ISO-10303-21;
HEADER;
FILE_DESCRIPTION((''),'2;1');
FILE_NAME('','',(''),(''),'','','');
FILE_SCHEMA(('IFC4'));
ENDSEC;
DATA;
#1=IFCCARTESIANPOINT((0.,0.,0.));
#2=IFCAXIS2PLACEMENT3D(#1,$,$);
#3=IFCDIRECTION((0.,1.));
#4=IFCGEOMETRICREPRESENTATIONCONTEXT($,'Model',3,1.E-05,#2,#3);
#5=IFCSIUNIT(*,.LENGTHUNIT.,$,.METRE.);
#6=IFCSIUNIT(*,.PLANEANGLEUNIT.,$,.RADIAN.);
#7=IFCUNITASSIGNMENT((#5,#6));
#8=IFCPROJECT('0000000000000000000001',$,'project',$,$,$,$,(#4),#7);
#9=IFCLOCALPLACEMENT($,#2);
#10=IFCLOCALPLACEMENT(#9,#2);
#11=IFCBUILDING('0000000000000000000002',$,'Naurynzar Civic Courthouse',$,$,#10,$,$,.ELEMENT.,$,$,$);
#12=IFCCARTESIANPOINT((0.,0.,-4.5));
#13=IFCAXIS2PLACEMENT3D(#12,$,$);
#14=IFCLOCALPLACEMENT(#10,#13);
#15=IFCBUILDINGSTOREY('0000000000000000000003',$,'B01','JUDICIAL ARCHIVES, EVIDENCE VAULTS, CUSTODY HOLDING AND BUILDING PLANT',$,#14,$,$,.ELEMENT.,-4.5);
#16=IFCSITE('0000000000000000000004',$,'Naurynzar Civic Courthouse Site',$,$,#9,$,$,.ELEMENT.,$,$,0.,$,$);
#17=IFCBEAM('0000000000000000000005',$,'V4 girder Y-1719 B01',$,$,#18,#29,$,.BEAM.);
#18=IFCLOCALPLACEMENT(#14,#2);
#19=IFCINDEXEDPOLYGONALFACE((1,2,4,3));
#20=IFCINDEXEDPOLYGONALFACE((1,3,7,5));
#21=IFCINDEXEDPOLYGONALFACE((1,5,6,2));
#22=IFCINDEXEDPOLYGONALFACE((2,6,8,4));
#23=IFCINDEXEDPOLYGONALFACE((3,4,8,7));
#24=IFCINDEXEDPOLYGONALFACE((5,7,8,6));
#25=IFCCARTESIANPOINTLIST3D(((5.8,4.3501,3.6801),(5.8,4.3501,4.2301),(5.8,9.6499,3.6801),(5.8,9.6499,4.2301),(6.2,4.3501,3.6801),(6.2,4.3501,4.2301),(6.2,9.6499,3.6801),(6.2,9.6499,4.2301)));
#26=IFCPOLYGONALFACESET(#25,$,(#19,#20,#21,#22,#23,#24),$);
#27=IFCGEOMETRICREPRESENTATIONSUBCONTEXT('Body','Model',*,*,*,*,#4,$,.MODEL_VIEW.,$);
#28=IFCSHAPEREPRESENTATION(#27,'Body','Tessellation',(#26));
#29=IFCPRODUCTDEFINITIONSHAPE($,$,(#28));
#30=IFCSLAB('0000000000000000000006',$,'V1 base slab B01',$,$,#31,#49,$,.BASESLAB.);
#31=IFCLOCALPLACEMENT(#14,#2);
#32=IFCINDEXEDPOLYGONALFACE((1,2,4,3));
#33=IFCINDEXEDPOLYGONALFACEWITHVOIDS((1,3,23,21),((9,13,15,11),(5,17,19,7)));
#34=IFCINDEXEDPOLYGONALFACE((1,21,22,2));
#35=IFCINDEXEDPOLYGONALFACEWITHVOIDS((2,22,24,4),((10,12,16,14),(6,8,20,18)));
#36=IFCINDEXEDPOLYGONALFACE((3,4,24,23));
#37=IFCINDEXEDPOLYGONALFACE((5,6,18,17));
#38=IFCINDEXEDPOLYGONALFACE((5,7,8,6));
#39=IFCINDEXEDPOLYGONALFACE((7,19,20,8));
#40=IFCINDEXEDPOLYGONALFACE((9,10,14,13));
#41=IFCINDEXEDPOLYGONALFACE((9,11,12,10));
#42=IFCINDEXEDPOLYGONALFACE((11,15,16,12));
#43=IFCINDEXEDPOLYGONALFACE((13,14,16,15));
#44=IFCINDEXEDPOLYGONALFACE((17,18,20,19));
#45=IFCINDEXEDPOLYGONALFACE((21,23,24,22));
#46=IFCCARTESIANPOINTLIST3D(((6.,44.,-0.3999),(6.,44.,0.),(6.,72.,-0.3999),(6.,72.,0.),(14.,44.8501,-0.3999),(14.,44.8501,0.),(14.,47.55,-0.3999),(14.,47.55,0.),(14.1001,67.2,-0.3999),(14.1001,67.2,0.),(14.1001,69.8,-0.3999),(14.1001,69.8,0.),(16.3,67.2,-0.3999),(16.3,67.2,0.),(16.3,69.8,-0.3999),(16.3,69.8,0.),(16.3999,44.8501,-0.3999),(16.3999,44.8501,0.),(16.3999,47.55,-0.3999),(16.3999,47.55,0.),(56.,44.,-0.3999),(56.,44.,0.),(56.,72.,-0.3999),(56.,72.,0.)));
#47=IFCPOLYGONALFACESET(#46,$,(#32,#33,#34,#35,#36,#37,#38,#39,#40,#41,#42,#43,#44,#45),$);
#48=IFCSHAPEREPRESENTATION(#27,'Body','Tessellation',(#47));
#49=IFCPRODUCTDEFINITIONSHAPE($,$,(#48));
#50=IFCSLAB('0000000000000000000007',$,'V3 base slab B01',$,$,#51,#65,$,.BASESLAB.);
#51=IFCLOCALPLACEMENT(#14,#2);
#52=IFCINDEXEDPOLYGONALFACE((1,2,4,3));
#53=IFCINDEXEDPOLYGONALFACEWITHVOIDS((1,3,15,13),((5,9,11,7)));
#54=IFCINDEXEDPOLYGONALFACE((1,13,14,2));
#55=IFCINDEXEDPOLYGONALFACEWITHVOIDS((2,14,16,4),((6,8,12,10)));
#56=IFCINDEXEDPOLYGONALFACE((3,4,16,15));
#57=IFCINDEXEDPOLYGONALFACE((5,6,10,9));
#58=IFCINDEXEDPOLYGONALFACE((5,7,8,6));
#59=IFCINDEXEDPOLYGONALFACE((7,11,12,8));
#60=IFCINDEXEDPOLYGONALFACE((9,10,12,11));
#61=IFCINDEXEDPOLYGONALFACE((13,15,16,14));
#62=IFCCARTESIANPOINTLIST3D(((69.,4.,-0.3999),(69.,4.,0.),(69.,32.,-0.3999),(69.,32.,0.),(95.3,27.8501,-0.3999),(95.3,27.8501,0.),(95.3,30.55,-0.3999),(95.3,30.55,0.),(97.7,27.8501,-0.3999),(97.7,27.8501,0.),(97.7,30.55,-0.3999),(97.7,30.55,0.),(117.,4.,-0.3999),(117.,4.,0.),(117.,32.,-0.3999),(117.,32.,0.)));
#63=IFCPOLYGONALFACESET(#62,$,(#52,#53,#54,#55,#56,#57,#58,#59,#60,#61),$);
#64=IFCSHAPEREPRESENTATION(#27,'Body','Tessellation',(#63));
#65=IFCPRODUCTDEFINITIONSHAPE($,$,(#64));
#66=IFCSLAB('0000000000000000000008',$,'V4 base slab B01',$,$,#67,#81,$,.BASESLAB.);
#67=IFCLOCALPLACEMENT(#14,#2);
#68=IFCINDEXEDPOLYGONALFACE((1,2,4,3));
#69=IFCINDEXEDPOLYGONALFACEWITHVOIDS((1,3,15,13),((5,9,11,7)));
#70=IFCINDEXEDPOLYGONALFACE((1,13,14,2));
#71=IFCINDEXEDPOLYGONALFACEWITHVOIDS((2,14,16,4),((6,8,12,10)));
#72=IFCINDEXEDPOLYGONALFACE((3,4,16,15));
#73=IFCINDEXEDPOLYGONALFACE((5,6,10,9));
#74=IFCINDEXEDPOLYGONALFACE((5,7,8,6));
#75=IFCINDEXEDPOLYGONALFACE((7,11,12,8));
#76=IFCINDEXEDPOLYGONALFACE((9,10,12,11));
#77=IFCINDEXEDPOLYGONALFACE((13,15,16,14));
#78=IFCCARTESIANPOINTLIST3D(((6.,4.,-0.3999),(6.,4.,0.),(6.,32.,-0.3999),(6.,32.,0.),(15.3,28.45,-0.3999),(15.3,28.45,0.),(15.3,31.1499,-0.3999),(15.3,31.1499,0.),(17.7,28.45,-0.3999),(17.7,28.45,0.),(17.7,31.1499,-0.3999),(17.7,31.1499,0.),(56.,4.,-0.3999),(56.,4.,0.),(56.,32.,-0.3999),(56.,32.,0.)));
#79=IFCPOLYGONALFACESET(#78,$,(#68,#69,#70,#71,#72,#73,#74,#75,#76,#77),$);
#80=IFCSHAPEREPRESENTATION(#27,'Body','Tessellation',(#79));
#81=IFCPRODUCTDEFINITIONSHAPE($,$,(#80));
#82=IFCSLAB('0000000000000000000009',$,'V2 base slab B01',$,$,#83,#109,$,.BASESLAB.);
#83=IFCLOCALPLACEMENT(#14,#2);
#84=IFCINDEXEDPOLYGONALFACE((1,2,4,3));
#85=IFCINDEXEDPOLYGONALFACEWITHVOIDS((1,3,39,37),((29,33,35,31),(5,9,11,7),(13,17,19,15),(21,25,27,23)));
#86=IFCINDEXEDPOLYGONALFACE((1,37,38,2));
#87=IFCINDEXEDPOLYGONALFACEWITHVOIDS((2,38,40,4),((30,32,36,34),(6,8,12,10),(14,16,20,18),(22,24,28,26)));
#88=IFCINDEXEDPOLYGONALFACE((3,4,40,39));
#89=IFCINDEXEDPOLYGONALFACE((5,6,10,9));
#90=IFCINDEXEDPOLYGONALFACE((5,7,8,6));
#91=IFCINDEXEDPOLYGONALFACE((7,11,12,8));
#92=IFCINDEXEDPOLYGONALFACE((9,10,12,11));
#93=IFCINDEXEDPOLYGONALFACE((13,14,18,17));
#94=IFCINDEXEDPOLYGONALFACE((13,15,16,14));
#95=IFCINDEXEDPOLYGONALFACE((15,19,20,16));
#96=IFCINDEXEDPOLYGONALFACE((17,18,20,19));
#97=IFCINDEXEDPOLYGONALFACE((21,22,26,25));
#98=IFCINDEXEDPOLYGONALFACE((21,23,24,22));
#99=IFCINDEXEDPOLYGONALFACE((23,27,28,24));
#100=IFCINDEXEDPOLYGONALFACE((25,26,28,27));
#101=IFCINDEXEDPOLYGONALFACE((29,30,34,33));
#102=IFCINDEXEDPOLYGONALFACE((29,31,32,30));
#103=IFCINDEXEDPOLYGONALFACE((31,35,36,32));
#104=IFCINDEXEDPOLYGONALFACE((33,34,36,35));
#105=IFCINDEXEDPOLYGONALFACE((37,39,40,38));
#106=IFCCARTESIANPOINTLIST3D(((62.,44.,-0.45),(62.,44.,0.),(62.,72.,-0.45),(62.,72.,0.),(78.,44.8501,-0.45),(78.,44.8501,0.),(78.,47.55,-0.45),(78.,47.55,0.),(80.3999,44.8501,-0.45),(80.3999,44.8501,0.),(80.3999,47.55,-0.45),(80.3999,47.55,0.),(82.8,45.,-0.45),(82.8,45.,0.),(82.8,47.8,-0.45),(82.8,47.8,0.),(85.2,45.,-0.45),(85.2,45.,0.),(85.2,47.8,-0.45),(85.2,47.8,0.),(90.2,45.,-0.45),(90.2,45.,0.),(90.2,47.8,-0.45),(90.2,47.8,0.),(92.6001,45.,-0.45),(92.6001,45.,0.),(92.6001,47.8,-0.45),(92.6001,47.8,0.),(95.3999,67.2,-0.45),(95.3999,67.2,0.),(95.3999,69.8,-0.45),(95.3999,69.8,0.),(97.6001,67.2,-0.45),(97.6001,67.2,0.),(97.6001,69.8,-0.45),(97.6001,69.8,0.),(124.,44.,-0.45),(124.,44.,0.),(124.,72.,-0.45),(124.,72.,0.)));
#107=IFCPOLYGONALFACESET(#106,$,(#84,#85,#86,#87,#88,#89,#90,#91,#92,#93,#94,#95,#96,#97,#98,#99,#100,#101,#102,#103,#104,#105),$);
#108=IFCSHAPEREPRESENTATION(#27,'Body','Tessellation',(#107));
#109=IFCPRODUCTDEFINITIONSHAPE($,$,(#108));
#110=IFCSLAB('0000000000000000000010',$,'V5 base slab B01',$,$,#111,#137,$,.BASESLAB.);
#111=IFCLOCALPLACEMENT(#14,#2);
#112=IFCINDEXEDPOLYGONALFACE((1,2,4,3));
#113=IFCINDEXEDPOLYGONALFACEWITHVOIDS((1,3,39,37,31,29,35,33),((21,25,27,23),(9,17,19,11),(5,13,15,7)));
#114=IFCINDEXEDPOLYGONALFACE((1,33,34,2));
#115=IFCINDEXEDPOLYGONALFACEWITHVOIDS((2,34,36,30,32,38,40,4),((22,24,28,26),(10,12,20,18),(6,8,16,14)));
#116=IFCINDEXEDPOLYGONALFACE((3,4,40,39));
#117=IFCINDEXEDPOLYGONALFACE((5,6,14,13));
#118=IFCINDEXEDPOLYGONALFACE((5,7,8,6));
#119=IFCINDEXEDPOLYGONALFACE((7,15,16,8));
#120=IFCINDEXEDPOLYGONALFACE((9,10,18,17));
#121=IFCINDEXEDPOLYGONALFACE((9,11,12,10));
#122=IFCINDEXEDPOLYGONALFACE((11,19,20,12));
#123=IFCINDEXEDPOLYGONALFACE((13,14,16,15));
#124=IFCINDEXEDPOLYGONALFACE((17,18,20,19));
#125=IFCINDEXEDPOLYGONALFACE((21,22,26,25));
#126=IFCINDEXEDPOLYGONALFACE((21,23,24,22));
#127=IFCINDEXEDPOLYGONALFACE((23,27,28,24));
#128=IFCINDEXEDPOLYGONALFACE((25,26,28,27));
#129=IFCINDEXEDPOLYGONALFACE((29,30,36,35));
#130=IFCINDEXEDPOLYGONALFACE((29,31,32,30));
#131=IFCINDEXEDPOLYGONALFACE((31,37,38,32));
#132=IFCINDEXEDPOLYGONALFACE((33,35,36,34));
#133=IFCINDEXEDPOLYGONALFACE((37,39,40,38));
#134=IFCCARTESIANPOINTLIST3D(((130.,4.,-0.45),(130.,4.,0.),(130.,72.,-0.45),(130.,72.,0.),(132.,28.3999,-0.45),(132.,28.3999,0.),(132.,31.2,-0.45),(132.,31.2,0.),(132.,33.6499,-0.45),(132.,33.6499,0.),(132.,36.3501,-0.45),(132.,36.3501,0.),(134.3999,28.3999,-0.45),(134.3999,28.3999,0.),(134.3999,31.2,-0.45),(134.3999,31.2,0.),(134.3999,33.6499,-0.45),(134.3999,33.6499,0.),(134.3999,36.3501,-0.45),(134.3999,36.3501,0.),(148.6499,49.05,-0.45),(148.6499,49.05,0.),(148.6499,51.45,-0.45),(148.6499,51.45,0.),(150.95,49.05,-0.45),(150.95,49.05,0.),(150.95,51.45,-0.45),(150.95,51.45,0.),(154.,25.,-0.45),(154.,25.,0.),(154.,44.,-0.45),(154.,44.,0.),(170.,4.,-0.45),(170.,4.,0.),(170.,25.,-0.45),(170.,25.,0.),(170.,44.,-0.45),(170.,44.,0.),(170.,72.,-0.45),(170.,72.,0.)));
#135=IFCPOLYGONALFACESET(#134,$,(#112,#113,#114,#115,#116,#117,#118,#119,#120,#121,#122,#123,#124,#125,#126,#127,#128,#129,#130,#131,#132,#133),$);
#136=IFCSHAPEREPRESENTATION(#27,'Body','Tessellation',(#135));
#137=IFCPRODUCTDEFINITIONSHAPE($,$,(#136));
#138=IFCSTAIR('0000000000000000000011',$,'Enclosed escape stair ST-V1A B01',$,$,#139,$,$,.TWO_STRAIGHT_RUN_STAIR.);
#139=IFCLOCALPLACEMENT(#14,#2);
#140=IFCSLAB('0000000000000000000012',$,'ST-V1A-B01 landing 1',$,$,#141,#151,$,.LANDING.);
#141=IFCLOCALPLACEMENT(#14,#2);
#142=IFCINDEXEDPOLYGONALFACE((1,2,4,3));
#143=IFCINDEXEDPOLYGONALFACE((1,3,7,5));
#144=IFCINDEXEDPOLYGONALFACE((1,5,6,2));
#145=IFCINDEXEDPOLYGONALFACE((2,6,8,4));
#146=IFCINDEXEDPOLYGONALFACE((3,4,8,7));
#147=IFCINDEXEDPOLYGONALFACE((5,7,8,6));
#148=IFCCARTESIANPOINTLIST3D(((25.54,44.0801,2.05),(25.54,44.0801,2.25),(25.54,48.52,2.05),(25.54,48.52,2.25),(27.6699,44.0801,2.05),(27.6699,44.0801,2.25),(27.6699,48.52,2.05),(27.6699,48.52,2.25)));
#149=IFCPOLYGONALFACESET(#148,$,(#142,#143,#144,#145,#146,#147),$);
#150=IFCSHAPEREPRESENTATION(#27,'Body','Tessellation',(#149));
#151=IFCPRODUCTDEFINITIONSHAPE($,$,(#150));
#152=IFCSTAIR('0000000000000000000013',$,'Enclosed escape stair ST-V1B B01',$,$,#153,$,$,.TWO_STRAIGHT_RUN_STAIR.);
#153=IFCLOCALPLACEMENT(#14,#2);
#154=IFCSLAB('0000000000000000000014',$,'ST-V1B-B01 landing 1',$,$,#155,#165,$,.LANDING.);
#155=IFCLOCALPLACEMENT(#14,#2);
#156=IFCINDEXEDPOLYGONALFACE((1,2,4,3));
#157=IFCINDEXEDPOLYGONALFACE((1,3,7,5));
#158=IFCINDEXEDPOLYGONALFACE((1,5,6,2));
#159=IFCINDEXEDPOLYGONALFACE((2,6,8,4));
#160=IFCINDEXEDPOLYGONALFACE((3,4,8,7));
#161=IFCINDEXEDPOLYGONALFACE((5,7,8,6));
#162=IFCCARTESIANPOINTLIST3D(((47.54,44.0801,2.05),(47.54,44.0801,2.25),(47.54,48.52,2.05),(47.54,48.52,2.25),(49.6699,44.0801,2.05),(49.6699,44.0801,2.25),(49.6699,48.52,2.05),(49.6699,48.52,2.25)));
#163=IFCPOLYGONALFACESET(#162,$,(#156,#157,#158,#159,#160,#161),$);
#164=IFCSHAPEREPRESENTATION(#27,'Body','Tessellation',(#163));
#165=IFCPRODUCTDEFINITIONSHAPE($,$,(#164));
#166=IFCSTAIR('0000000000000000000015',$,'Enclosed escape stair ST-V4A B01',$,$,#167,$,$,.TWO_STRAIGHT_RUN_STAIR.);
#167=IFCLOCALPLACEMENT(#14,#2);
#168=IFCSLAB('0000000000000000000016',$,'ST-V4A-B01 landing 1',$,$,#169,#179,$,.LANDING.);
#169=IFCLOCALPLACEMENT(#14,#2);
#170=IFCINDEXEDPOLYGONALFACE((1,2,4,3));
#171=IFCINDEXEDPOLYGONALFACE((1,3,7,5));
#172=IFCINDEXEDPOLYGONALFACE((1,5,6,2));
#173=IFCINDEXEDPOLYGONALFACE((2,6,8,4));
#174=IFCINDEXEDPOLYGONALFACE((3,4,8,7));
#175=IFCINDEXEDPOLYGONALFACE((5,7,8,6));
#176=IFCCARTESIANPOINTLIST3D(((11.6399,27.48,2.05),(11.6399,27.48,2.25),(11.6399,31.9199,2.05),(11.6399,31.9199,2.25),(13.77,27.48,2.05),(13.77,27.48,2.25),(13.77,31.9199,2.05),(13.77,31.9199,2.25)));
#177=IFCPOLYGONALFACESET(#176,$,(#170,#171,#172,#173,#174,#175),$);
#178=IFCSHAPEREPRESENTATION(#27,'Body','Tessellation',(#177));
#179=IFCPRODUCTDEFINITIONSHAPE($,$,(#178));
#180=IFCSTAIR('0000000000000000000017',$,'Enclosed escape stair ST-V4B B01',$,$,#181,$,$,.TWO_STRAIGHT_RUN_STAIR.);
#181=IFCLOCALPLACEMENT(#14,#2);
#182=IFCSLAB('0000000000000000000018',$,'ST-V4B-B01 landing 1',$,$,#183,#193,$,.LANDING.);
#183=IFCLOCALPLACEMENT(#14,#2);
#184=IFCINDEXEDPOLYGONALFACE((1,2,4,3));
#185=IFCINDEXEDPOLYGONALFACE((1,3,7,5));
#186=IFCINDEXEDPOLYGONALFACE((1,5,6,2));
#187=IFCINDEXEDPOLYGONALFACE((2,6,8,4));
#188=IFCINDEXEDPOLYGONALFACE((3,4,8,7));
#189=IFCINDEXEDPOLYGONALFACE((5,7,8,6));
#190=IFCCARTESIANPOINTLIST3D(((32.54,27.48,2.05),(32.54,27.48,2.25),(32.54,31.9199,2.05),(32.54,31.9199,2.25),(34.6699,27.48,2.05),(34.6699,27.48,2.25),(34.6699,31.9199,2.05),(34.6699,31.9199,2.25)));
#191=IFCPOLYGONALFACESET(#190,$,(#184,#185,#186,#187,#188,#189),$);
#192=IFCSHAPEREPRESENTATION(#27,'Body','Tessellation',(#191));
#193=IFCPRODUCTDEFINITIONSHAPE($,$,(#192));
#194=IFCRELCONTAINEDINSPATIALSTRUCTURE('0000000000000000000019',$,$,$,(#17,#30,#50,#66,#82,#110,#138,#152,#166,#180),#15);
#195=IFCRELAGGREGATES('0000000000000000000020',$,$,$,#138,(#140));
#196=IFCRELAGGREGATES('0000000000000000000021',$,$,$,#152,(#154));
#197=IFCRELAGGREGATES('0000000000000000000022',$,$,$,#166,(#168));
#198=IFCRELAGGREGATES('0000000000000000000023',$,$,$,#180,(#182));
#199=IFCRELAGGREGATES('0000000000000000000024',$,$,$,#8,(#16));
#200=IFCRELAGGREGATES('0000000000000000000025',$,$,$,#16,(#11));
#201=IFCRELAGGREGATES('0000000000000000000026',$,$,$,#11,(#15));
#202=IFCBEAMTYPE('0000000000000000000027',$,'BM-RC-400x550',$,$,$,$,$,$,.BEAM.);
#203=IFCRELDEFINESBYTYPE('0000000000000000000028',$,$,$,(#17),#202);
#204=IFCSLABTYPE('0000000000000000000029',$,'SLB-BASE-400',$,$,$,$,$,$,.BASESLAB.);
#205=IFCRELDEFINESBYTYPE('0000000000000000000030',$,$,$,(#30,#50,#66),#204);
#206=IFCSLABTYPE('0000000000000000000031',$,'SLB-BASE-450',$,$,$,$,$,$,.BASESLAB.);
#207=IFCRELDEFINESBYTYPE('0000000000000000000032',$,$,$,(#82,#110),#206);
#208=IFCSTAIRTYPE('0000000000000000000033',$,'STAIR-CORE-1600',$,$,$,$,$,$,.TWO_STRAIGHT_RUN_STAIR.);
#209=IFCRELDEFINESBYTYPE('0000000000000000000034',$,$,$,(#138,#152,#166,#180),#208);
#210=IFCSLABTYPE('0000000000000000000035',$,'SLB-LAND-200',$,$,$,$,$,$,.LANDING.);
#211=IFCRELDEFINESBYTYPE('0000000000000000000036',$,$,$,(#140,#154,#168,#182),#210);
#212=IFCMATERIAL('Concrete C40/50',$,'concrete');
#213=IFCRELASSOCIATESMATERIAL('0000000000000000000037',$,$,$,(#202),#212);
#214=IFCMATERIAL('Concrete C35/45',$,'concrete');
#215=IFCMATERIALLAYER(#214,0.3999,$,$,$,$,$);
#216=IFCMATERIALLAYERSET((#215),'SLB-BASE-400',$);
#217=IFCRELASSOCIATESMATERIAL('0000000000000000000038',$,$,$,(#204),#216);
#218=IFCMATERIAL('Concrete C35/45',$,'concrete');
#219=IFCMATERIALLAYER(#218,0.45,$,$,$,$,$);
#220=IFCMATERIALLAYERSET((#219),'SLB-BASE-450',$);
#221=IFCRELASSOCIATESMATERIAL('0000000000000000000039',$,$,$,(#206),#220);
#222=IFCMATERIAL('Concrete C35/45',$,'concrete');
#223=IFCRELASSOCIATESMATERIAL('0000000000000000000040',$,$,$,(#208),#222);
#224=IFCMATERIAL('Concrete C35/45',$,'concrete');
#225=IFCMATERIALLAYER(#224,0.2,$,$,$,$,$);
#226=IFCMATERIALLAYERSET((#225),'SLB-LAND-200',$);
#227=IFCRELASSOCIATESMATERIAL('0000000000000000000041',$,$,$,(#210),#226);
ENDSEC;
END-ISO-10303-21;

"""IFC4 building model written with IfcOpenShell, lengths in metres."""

from ifc_helpers import new_model, si_unit, direction, frame, origin, origin_2d, place, context, subcontext, project, spatial, polyline, rectangle, outline, extrude, material, layer, layer_set, material_profile, profile_set, type_object, element, aggregate, save


model = new_model("IFC4")

# Units and contexts
model_context = context("Model", 3, precision=1e-05, world=origin(), true_north=direction((0.0, 1.0)))
body_context = subcontext(model_context, "Body", "Model", "MODEL_VIEW")
ifc_project = project(units=[si_unit("LENGTHUNIT", "METRE"), si_unit("PLANEANGLEUNIT", "RADIAN")], contexts=[model_context])

# Site, building, storey
site_placement = place(None, origin())
site = spatial("IfcSite", under=ifc_project, at=site_placement, Name="Naurynzar Civic Courthouse Site", CompositionType="ELEMENT", RefElevation=0.0)
building_placement = place(site_placement, origin())
building = spatial("IfcBuilding", under=site, at=building_placement, Name="Naurynzar Civic Courthouse", CompositionType="ELEMENT")
storey_placement = place(building_placement, frame((0.0, 0.0, -4.5)))
storey = spatial("IfcBuildingStorey", under=building, at=storey_placement, Name="B01", Description="JUDICIAL ARCHIVES, EVIDENCE VAULTS, CUSTODY HOLDING AND BUILDING PLANT", CompositionType="ELEMENT", Elevation=-4.5)

# Beam
ifc_material_1 = material(Name="Concrete C40/50", Category="concrete")
ifc_material_profile_1 = material_profile(ifc_material_1, rectangle(XDim=0.3999, YDim=0.55, at=origin_2d()), Name="RCB 400x550")
ifc_profile_set_1 = profile_set([ifc_material_profile_1], Name="Concrete C40/50")
beam_type = type_object("IfcBeamType", Name="BM-RC-400x550", PredefinedType="BEAM", material=ifc_profile_set_1)
beam_placement = place(storey_placement, frame((6.0, 4.3501, 3.9551), z_axis=(0.0, 1.0, 0.0), x_axis=(-1.0, 0.0, 0.0)))
element("IfcBeam", 1, at=beam_placement, inside=storey, type_object=beam_type, Name="V4 girder Y-1719 B01", PredefinedType="BEAM", context=body_context, shape_type="SweptSolid", body=[
    extrude(rectangle(XDim=0.3999, YDim=0.55, at=origin_2d()), origin(), (0.0, 0.0, 1.0), 5.2998),
])

# Slabs
ifc_material_2 = material(Name="Concrete C35/45", Category="concrete")
ifc_layer_1 = layer(ifc_material_2, 0.3999)
ifc_layer_set_1 = layer_set([ifc_layer_1], Name="SLB-BASE-400")
slab_type_1 = type_object("IfcSlabType", Name="SLB-BASE-400", PredefinedType="BASESLAB", material=ifc_layer_set_1)
slab_1_placement = place(storey_placement, frame((0.0, 0.0, -0.3999)))
element("IfcSlab", 2, at=slab_1_placement, inside=storey, type_object=slab_type_1, Name="V1 base slab B01", PredefinedType="BASESLAB", context=body_context, shape_type="SweptSolid", body=[
    extrude(outline(polyline([(56.0, 44.0), (56.0, 72.0), (6.0, 72.0), (6.0, 44.0), (56.0, 44.0)]), holes=[polyline([(14.0, 44.8501), (16.3999, 44.8501), (16.3999, 47.55), (14.0, 47.55), (14.0, 44.8501)]), polyline([(14.1001, 67.2), (16.3, 67.2), (16.3, 69.8), (14.1001, 69.8), (14.1001, 67.2)])]), origin(), (0.0, 0.0, 1.0), 0.3999),
])
slab_2_placement = place(storey_placement, frame((0.0, 0.0, -0.3999)))
element("IfcSlab", 3, at=slab_2_placement, inside=storey, type_object=slab_type_1, Name="V3 base slab B01", PredefinedType="BASESLAB", context=body_context, shape_type="SweptSolid", body=[
    extrude(outline(polyline([(117.0, 4.0), (117.0, 32.0), (69.0, 32.0), (69.0, 4.0), (117.0, 4.0)]), holes=[polyline([(95.3, 27.8501), (97.7, 27.8501), (97.7, 30.55), (95.3, 30.55), (95.3, 27.8501)])]), origin(), (0.0, 0.0, 1.0), 0.3999),
])
slab_3_placement = place(storey_placement, frame((0.0, 0.0, -0.3999)))
element("IfcSlab", 4, at=slab_3_placement, inside=storey, type_object=slab_type_1, Name="V4 base slab B01", PredefinedType="BASESLAB", context=body_context, shape_type="SweptSolid", body=[
    extrude(outline(polyline([(56.0, 4.0), (56.0, 32.0), (6.0, 32.0), (6.0, 4.0), (56.0, 4.0)]), holes=[polyline([(15.3, 28.45), (17.7, 28.45), (17.7, 31.1499), (15.3, 31.1499), (15.3, 28.45)])]), origin(), (0.0, 0.0, 1.0), 0.3999),
])
ifc_material_3 = material(Name="Concrete C35/45", Category="concrete")
ifc_layer_2 = layer(ifc_material_3, 0.45)
ifc_layer_set_2 = layer_set([ifc_layer_2], Name="SLB-BASE-450")
slab_type_2 = type_object("IfcSlabType", Name="SLB-BASE-450", PredefinedType="BASESLAB", material=ifc_layer_set_2)
slab_4_placement = place(storey_placement, frame((0.0, 0.0, -0.45)))
element("IfcSlab", 5, at=slab_4_placement, inside=storey, type_object=slab_type_2, Name="V2 base slab B01", PredefinedType="BASESLAB", context=body_context, shape_type="SweptSolid", body=[
    extrude(outline(polyline([(124.0, 44.0), (124.0, 72.0), (62.0, 72.0), (62.0, 44.0), (124.0, 44.0)]), holes=[polyline([(78.0, 44.8501), (80.3999, 44.8501), (80.3999, 47.55), (78.0, 47.55), (78.0, 44.8501)]), polyline([(82.8, 45.0), (85.2, 45.0), (85.2, 47.8), (82.8, 47.8), (82.8, 45.0)]), polyline([(90.2, 45.0), (92.6001, 45.0), (92.6001, 47.8), (90.2, 47.8), (90.2, 45.0)]), polyline([(95.3999, 67.2), (97.6001, 67.2), (97.6001, 69.8), (95.3999, 69.8), (95.3999, 67.2)])]), origin(), (0.0, 0.0, 1.0), 0.45),
])
slab_5_placement = place(storey_placement, frame((0.0, 0.0, -0.45)))
element("IfcSlab", 6, at=slab_5_placement, inside=storey, type_object=slab_type_2, Name="V5 base slab B01", PredefinedType="BASESLAB", context=body_context, shape_type="SweptSolid", body=[
    extrude(outline(polyline([(170.0, 4.0), (130.0, 4.0), (130.0, 72.0), (170.0, 72.0), (170.0, 44.0), (154.0, 44.0), (154.0, 25.0), (170.0, 25.0), (170.0, 4.0)]), holes=[polyline([(132.0, 33.6499), (134.3999, 33.6499), (134.3999, 36.3501), (132.0, 36.3501), (132.0, 33.6499)]), polyline([(132.0, 28.3999), (134.3999, 28.3999), (134.3999, 31.2), (132.0, 31.2), (132.0, 28.3999)]), polyline([(148.6499, 49.05), (150.95, 49.05), (150.95, 51.45), (148.6499, 51.45), (148.6499, 49.05)])]), origin(), (0.0, 0.0, 1.0), 0.45),
])

# Stairs, slabs
ifc_material_4 = material(Name="Concrete C35/45", Category="concrete")
stair_type_1 = type_object("IfcStairType", Name="STAIR-CORE-1600", PredefinedType="TWO_STRAIGHT_RUN_STAIR", material=ifc_material_4)
stair_1_placement = place(storey_placement, origin())
stair_1 = element("IfcStair", 7, at=stair_1_placement, inside=storey, type_object=stair_type_1, Name="Enclosed escape stair ST-V1A B01", PredefinedType="TWO_STRAIGHT_RUN_STAIR")
ifc_material_5 = material(Name="Concrete C35/45", Category="concrete")
ifc_layer_3 = layer(ifc_material_5, 0.2)
ifc_layer_set_3 = layer_set([ifc_layer_3], Name="SLB-LAND-200")
slab_type_3 = type_object("IfcSlabType", Name="SLB-LAND-200", PredefinedType="LANDING", material=ifc_layer_set_3)
slab_6_placement = place(storey_placement, frame((0.0, 0.0, 2.05)))
slab_6 = element("IfcSlab", 8, at=slab_6_placement, type_object=slab_type_3, Name="ST-V1A-B01 landing 1", PredefinedType="LANDING", context=body_context, shape_type="SweptSolid", body=[
    extrude(outline(polyline([(25.54, 44.0801), (27.6699, 44.0801), (27.6699, 48.52), (25.54, 48.52), (25.54, 44.0801)])), origin(), (0.0, 0.0, 1.0), 0.2),
])
aggregate(stair_1, [slab_6])
stair_2_placement = place(storey_placement, origin())
stair_2 = element("IfcStair", 9, at=stair_2_placement, inside=storey, type_object=stair_type_1, Name="Enclosed escape stair ST-V1B B01", PredefinedType="TWO_STRAIGHT_RUN_STAIR")
slab_7_placement = place(storey_placement, frame((0.0, 0.0, 2.05)))
slab_7 = element("IfcSlab", 10, at=slab_7_placement, type_object=slab_type_3, Name="ST-V1B-B01 landing 1", PredefinedType="LANDING", context=body_context, shape_type="SweptSolid", body=[
    extrude(outline(polyline([(47.54, 44.0801), (49.6699, 44.0801), (49.6699, 48.52), (47.54, 48.52), (47.54, 44.0801)])), origin(), (0.0, 0.0, 1.0), 0.2),
])
aggregate(stair_2, [slab_7])
stair_3_placement = place(storey_placement, origin())
stair_3 = element("IfcStair", 11, at=stair_3_placement, inside=storey, type_object=stair_type_1, Name="Enclosed escape stair ST-V4A B01", PredefinedType="TWO_STRAIGHT_RUN_STAIR")
slab_8_placement = place(storey_placement, frame((0.0, 0.0, 2.05)))
slab_8 = element("IfcSlab", 12, at=slab_8_placement, type_object=slab_type_3, Name="ST-V4A-B01 landing 1", PredefinedType="LANDING", context=body_context, shape_type="SweptSolid", body=[
    extrude(outline(polyline([(11.6399, 27.48), (13.77, 27.48), (13.77, 31.9199), (11.6399, 31.9199), (11.6399, 27.48)])), origin(), (0.0, 0.0, 1.0), 0.2),
])
aggregate(stair_3, [slab_8])
stair_4_placement = place(storey_placement, origin())
stair_4 = element("IfcStair", 13, at=stair_4_placement, inside=storey, type_object=stair_type_1, Name="Enclosed escape stair ST-V4B B01", PredefinedType="TWO_STRAIGHT_RUN_STAIR")
slab_9_placement = place(storey_placement, frame((0.0, 0.0, 2.05)))
slab_9 = element("IfcSlab", 14, at=slab_9_placement, type_object=slab_type_3, Name="ST-V4B-B01 landing 1", PredefinedType="LANDING", context=body_context, shape_type="SweptSolid", body=[
    extrude(outline(polyline([(32.54, 27.48), (34.6699, 27.48), (34.6699, 31.9199), (32.54, 31.9199), (32.54, 27.48)])), origin(), (0.0, 0.0, 1.0), 0.2),
])
aggregate(stair_4, [slab_9])

save(model, "model.ifc")
